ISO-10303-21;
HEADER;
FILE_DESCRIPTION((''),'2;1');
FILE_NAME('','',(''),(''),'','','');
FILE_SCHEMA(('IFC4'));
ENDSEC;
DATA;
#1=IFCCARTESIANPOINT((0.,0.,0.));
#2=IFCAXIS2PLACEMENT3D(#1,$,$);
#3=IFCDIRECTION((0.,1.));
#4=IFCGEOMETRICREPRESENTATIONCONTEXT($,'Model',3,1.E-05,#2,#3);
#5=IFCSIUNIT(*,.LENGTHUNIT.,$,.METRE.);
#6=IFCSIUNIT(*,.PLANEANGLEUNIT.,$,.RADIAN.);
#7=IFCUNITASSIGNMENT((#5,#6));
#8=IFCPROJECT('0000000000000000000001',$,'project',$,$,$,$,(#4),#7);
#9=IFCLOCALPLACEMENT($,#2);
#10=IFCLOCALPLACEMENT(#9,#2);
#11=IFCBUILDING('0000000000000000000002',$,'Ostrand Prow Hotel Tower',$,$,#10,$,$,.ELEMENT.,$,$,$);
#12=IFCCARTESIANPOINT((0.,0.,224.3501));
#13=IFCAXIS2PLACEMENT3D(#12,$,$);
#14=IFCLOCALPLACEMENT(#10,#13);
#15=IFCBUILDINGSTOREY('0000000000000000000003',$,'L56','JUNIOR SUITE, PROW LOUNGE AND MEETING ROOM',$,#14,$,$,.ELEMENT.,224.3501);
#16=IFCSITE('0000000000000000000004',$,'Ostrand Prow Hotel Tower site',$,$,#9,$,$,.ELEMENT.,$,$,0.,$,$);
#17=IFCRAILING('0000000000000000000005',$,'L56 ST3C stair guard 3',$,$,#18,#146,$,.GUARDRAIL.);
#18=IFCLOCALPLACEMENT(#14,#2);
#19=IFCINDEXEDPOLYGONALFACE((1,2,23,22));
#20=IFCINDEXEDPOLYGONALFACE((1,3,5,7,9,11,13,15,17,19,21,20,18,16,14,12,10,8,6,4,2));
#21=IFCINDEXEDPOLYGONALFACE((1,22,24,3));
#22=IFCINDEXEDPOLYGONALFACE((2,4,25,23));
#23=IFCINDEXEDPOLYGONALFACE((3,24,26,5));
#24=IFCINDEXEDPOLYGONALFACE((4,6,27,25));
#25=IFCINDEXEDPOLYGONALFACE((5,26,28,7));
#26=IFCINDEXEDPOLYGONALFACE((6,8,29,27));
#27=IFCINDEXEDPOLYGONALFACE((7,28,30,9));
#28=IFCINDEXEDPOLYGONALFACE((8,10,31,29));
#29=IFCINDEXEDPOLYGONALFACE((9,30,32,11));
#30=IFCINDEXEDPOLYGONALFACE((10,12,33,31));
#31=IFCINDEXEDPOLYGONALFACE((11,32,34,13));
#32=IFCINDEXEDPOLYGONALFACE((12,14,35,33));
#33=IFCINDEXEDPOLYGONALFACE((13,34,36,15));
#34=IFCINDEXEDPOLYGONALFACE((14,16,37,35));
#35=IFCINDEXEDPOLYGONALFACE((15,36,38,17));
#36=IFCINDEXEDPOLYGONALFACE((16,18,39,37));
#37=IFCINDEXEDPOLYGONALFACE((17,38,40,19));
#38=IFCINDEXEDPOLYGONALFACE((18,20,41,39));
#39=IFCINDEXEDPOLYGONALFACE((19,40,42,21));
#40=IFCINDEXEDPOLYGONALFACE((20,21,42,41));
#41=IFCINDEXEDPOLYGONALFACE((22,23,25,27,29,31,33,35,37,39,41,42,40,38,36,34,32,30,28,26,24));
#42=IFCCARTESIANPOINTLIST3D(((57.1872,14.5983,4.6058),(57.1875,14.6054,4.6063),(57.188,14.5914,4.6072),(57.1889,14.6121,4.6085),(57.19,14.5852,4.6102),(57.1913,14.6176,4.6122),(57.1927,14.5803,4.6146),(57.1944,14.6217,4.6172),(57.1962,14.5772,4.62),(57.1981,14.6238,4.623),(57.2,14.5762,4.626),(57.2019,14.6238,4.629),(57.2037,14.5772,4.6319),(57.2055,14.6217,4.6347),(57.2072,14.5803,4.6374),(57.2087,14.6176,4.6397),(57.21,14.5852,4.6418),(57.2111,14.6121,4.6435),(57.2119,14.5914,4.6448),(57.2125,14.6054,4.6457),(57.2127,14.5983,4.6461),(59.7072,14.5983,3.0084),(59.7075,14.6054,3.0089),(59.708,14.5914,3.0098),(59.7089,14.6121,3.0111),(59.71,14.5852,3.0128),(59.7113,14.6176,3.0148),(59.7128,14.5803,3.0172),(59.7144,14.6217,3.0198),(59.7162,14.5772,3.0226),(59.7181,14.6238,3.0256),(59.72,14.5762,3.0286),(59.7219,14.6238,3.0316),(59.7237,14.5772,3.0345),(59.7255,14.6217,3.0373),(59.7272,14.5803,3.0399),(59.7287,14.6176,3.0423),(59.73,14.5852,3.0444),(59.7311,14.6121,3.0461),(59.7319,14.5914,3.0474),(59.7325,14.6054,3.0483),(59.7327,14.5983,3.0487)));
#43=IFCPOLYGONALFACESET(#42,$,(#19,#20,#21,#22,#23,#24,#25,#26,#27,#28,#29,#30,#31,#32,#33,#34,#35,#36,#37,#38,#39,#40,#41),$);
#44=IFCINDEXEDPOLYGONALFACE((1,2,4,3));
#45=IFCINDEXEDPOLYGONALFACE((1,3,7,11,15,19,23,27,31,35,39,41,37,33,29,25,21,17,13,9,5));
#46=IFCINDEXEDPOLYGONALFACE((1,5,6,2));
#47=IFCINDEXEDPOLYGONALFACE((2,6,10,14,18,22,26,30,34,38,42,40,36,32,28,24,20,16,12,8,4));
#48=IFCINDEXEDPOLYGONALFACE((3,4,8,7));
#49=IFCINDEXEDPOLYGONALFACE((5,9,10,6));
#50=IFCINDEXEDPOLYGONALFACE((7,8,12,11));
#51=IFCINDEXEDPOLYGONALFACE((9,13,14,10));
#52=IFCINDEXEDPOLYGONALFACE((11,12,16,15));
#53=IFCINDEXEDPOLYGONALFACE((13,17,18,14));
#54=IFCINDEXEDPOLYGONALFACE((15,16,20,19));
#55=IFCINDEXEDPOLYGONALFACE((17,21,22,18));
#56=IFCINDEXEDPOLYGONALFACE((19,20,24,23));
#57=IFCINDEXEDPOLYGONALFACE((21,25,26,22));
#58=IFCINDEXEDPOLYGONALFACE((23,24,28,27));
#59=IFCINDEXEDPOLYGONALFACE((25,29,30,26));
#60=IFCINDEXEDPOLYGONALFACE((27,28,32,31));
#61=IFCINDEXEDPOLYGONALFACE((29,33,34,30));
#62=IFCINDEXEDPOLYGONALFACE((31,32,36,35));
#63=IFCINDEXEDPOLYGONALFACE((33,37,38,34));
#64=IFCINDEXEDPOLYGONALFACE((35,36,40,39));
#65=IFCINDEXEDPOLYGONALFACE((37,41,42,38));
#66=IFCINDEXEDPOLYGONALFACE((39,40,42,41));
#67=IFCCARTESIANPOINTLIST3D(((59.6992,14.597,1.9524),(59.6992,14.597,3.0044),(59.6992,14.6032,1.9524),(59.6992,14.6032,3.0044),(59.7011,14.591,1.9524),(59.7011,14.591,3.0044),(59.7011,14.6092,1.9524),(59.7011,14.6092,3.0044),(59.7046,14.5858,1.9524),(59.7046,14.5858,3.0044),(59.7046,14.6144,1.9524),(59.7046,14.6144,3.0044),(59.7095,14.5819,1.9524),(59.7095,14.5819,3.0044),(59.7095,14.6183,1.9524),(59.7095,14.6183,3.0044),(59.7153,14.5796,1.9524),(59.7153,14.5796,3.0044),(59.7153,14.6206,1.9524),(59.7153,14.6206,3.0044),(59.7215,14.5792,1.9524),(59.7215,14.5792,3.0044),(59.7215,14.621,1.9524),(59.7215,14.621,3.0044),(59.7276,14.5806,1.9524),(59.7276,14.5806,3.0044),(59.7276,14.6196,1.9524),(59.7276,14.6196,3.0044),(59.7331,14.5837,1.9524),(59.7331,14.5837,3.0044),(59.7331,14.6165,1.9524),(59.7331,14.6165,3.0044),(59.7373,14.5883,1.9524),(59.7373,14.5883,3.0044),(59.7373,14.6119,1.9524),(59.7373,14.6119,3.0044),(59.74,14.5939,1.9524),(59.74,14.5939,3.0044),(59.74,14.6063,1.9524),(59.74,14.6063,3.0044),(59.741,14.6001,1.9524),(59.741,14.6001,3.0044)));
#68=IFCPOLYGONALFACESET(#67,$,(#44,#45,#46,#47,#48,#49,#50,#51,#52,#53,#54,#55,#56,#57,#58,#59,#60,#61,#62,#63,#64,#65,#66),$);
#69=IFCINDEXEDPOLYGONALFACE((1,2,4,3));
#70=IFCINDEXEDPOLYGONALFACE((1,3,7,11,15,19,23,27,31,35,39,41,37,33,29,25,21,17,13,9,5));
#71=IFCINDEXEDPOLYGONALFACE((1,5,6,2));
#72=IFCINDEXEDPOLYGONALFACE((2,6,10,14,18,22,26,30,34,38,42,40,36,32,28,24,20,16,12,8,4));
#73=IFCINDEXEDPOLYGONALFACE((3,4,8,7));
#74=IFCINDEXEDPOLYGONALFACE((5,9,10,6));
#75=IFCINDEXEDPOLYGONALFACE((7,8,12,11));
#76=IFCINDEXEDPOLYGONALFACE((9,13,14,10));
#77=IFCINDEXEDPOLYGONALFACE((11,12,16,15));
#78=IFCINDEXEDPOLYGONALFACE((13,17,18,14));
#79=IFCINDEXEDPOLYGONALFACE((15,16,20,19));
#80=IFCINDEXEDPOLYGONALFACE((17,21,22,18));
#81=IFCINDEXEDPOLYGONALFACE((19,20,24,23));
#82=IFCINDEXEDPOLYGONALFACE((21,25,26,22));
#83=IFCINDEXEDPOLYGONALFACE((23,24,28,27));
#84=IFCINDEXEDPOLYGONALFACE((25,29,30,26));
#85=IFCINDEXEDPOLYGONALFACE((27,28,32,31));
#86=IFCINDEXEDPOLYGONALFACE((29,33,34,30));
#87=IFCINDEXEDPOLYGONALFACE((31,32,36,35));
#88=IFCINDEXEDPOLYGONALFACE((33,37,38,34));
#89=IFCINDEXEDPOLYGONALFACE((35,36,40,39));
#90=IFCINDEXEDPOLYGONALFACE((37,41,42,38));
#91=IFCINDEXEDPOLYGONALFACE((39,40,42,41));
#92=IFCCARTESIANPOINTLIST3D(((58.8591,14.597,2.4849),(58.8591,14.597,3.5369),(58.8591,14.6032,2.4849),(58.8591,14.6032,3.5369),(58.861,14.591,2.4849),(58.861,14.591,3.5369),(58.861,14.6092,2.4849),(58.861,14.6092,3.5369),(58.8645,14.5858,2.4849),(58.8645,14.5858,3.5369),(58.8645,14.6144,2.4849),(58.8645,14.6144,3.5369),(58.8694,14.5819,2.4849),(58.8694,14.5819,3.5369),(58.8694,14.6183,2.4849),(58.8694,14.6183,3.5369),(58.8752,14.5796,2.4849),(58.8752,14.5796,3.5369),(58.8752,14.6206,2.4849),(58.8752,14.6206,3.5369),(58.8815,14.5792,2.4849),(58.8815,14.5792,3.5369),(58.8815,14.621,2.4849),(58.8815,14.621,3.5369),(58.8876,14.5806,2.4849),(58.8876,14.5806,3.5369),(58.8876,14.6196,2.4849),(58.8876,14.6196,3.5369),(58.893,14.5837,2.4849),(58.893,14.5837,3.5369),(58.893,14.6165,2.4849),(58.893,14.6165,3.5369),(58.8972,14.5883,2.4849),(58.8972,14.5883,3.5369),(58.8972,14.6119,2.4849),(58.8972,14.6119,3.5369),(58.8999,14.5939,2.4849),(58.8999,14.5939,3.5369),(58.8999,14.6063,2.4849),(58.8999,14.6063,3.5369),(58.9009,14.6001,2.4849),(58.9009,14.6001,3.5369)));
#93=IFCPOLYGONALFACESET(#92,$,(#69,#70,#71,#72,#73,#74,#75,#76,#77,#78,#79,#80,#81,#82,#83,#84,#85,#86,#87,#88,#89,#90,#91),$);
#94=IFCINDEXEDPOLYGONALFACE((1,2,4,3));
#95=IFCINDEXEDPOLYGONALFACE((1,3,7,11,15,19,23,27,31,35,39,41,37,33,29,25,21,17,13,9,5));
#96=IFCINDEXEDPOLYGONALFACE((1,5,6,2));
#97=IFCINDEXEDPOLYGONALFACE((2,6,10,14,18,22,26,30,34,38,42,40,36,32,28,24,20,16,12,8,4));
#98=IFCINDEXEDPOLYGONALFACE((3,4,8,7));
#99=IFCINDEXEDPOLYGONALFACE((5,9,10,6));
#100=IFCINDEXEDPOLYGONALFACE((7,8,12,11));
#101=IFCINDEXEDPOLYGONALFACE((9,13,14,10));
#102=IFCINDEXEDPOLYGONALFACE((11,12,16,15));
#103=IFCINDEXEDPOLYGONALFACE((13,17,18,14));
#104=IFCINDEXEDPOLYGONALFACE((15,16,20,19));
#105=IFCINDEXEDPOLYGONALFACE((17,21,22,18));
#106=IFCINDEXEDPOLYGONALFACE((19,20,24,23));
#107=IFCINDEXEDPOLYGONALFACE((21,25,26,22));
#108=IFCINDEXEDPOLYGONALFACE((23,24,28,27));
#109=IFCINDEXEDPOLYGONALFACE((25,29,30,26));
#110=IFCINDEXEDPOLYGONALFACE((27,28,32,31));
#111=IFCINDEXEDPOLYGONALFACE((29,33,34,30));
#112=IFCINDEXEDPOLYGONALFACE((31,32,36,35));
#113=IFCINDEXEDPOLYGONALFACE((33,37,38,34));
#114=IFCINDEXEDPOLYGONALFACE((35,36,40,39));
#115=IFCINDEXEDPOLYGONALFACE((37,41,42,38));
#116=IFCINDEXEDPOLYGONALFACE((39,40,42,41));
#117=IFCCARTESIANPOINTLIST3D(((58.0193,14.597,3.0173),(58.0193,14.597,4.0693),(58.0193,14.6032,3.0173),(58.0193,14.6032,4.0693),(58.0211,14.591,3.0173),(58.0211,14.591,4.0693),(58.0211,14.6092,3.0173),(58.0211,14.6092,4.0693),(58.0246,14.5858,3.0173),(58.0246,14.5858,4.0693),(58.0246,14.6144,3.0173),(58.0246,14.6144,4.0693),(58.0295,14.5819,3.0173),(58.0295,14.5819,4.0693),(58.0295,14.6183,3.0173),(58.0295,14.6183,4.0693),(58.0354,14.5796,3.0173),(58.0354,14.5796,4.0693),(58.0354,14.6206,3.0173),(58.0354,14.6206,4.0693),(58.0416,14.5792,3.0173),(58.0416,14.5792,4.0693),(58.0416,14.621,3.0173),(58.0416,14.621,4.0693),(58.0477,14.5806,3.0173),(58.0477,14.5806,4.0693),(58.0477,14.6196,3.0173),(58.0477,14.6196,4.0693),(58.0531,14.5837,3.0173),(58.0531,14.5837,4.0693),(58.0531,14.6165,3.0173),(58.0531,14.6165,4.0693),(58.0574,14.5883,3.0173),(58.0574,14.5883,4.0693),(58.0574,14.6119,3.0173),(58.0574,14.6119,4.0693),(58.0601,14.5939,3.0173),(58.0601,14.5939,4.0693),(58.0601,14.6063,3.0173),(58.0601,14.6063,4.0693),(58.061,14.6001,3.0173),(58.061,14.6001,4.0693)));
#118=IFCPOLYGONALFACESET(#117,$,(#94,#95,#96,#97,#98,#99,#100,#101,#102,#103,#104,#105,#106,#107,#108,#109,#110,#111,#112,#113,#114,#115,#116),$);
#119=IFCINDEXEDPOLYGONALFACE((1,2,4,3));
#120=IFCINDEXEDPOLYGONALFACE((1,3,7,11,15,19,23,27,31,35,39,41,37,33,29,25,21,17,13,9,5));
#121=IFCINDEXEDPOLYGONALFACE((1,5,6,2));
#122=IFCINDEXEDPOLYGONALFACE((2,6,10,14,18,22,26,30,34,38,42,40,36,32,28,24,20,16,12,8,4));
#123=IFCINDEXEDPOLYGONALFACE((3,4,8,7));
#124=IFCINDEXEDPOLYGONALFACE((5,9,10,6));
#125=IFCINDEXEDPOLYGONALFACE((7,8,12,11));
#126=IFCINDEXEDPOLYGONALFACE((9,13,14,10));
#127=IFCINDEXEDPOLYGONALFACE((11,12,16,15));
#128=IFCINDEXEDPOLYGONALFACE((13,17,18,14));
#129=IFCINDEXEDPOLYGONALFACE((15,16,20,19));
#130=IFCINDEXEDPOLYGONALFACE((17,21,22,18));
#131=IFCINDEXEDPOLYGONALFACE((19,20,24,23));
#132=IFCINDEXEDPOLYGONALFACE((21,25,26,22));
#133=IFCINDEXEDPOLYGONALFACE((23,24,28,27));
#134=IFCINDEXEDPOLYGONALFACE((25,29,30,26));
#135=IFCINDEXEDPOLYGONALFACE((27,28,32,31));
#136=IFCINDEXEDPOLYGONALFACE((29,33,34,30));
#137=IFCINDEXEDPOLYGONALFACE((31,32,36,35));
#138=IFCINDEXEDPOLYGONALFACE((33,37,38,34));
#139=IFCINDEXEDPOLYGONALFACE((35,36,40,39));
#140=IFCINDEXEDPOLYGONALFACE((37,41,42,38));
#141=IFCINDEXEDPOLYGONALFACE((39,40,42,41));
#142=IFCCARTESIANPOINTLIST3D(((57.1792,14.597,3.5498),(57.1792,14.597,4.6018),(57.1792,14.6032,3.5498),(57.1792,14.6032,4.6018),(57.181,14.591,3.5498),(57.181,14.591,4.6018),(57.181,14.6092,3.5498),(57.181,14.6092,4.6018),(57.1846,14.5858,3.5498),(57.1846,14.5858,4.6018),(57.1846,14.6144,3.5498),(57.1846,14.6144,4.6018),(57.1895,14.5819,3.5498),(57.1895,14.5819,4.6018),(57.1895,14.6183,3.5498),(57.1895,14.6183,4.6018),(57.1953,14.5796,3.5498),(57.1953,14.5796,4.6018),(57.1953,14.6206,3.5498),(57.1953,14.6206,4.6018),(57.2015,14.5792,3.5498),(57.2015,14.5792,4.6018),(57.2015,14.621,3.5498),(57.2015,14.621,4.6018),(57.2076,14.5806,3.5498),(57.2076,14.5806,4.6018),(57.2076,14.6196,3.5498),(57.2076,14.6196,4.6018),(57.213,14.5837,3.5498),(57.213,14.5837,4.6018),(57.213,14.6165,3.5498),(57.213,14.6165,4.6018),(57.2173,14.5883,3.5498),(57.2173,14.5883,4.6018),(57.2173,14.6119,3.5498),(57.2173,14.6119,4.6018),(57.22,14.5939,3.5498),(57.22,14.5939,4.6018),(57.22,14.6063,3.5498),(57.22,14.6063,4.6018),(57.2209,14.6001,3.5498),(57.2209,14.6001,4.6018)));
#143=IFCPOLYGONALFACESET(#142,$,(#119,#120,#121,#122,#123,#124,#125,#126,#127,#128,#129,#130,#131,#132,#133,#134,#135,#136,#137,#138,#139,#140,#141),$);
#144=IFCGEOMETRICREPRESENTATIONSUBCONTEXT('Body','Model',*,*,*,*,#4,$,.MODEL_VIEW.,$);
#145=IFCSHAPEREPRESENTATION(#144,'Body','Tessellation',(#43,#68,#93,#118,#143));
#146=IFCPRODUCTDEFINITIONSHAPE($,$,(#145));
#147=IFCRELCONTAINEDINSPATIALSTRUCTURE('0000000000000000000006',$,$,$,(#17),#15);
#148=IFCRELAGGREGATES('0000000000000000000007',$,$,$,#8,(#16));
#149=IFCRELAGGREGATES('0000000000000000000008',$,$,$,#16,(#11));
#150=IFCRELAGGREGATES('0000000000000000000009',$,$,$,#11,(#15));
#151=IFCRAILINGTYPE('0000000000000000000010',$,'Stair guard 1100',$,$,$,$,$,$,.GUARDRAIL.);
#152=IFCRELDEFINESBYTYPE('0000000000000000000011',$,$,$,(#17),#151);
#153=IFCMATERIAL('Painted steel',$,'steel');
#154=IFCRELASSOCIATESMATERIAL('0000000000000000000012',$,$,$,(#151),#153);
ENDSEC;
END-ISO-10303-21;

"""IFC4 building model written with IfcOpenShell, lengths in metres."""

from ifc_helpers import new_model, si_unit, direction, frame, origin, origin_2d, place, context, subcontext, project, spatial, circle, extrude, material, type_object, element, save


model = new_model("IFC4")

# Units and contexts
model_context = context("Model", 3, precision=1e-05, world=origin(), true_north=direction((0.0, 1.0)))
body_context = subcontext(model_context, "Body", "Model", "MODEL_VIEW")
ifc_project = project(units=[si_unit("LENGTHUNIT", "METRE"), si_unit("PLANEANGLEUNIT", "RADIAN")], contexts=[model_context])

# Site, building, storey
site_placement = place(None, origin())
site = spatial("IfcSite", under=ifc_project, at=site_placement, Name="Ostrand Prow Hotel Tower site", CompositionType="ELEMENT", RefElevation=0.0)
building_placement = place(site_placement, origin())
building = spatial("IfcBuilding", under=site, at=building_placement, Name="Ostrand Prow Hotel Tower", CompositionType="ELEMENT")
storey_placement = place(building_placement, frame((0.0, 0.0, 224.3501)))
storey = spatial("IfcBuildingStorey", under=building, at=storey_placement, Name="L56", Description="JUNIOR SUITE, PROW LOUNGE AND MEETING ROOM", CompositionType="ELEMENT", Elevation=224.3501)

# Railing
ifc_material_1 = material(Name="Painted steel", Category="steel")
railing_type_1 = type_object("IfcRailingType", Name="Stair guard 1100", PredefinedType="GUARDRAIL", material=ifc_material_1)
railing_1_placement = place(storey_placement, frame((59.72, 14.6001, 1.9524)))
element("IfcRailing", 1, at=railing_1_placement, inside=storey, type_object=railing_type_1, Name="L56 ST3C stair guard 3", PredefinedType="GUARDRAIL", context=body_context, shape_type="SweptSolid", body=[
    extrude(circle(Radius=0.0239, at=origin_2d()), frame((0.0, 0.0, 1.0762), z_axis=(-0.844607, 0.0, 0.535387), x_axis=(0.0, -1.0, 0.0)), (0.0, 0.0, 1.0), 2.9836),
    extrude(circle(Radius=0.021, at=origin_2d()), origin(), (0.0, 0.0, 1.0), 1.052),
    extrude(circle(Radius=0.021, at=origin_2d()), frame((-0.8401, 0.0, 0.5325)), (0.0, 0.0, 1.0), 1.052),
    extrude(circle(Radius=0.021, at=origin_2d()), frame((-1.6799, 0.0, 1.0649)), (0.0, 0.0, 1.0), 1.052),
    extrude(circle(Radius=0.021, at=origin_2d()), frame((-2.52, 0.0, 1.5974)), (0.0, 0.0, 1.0), 1.052),
])

save(model, "model.ifc")
